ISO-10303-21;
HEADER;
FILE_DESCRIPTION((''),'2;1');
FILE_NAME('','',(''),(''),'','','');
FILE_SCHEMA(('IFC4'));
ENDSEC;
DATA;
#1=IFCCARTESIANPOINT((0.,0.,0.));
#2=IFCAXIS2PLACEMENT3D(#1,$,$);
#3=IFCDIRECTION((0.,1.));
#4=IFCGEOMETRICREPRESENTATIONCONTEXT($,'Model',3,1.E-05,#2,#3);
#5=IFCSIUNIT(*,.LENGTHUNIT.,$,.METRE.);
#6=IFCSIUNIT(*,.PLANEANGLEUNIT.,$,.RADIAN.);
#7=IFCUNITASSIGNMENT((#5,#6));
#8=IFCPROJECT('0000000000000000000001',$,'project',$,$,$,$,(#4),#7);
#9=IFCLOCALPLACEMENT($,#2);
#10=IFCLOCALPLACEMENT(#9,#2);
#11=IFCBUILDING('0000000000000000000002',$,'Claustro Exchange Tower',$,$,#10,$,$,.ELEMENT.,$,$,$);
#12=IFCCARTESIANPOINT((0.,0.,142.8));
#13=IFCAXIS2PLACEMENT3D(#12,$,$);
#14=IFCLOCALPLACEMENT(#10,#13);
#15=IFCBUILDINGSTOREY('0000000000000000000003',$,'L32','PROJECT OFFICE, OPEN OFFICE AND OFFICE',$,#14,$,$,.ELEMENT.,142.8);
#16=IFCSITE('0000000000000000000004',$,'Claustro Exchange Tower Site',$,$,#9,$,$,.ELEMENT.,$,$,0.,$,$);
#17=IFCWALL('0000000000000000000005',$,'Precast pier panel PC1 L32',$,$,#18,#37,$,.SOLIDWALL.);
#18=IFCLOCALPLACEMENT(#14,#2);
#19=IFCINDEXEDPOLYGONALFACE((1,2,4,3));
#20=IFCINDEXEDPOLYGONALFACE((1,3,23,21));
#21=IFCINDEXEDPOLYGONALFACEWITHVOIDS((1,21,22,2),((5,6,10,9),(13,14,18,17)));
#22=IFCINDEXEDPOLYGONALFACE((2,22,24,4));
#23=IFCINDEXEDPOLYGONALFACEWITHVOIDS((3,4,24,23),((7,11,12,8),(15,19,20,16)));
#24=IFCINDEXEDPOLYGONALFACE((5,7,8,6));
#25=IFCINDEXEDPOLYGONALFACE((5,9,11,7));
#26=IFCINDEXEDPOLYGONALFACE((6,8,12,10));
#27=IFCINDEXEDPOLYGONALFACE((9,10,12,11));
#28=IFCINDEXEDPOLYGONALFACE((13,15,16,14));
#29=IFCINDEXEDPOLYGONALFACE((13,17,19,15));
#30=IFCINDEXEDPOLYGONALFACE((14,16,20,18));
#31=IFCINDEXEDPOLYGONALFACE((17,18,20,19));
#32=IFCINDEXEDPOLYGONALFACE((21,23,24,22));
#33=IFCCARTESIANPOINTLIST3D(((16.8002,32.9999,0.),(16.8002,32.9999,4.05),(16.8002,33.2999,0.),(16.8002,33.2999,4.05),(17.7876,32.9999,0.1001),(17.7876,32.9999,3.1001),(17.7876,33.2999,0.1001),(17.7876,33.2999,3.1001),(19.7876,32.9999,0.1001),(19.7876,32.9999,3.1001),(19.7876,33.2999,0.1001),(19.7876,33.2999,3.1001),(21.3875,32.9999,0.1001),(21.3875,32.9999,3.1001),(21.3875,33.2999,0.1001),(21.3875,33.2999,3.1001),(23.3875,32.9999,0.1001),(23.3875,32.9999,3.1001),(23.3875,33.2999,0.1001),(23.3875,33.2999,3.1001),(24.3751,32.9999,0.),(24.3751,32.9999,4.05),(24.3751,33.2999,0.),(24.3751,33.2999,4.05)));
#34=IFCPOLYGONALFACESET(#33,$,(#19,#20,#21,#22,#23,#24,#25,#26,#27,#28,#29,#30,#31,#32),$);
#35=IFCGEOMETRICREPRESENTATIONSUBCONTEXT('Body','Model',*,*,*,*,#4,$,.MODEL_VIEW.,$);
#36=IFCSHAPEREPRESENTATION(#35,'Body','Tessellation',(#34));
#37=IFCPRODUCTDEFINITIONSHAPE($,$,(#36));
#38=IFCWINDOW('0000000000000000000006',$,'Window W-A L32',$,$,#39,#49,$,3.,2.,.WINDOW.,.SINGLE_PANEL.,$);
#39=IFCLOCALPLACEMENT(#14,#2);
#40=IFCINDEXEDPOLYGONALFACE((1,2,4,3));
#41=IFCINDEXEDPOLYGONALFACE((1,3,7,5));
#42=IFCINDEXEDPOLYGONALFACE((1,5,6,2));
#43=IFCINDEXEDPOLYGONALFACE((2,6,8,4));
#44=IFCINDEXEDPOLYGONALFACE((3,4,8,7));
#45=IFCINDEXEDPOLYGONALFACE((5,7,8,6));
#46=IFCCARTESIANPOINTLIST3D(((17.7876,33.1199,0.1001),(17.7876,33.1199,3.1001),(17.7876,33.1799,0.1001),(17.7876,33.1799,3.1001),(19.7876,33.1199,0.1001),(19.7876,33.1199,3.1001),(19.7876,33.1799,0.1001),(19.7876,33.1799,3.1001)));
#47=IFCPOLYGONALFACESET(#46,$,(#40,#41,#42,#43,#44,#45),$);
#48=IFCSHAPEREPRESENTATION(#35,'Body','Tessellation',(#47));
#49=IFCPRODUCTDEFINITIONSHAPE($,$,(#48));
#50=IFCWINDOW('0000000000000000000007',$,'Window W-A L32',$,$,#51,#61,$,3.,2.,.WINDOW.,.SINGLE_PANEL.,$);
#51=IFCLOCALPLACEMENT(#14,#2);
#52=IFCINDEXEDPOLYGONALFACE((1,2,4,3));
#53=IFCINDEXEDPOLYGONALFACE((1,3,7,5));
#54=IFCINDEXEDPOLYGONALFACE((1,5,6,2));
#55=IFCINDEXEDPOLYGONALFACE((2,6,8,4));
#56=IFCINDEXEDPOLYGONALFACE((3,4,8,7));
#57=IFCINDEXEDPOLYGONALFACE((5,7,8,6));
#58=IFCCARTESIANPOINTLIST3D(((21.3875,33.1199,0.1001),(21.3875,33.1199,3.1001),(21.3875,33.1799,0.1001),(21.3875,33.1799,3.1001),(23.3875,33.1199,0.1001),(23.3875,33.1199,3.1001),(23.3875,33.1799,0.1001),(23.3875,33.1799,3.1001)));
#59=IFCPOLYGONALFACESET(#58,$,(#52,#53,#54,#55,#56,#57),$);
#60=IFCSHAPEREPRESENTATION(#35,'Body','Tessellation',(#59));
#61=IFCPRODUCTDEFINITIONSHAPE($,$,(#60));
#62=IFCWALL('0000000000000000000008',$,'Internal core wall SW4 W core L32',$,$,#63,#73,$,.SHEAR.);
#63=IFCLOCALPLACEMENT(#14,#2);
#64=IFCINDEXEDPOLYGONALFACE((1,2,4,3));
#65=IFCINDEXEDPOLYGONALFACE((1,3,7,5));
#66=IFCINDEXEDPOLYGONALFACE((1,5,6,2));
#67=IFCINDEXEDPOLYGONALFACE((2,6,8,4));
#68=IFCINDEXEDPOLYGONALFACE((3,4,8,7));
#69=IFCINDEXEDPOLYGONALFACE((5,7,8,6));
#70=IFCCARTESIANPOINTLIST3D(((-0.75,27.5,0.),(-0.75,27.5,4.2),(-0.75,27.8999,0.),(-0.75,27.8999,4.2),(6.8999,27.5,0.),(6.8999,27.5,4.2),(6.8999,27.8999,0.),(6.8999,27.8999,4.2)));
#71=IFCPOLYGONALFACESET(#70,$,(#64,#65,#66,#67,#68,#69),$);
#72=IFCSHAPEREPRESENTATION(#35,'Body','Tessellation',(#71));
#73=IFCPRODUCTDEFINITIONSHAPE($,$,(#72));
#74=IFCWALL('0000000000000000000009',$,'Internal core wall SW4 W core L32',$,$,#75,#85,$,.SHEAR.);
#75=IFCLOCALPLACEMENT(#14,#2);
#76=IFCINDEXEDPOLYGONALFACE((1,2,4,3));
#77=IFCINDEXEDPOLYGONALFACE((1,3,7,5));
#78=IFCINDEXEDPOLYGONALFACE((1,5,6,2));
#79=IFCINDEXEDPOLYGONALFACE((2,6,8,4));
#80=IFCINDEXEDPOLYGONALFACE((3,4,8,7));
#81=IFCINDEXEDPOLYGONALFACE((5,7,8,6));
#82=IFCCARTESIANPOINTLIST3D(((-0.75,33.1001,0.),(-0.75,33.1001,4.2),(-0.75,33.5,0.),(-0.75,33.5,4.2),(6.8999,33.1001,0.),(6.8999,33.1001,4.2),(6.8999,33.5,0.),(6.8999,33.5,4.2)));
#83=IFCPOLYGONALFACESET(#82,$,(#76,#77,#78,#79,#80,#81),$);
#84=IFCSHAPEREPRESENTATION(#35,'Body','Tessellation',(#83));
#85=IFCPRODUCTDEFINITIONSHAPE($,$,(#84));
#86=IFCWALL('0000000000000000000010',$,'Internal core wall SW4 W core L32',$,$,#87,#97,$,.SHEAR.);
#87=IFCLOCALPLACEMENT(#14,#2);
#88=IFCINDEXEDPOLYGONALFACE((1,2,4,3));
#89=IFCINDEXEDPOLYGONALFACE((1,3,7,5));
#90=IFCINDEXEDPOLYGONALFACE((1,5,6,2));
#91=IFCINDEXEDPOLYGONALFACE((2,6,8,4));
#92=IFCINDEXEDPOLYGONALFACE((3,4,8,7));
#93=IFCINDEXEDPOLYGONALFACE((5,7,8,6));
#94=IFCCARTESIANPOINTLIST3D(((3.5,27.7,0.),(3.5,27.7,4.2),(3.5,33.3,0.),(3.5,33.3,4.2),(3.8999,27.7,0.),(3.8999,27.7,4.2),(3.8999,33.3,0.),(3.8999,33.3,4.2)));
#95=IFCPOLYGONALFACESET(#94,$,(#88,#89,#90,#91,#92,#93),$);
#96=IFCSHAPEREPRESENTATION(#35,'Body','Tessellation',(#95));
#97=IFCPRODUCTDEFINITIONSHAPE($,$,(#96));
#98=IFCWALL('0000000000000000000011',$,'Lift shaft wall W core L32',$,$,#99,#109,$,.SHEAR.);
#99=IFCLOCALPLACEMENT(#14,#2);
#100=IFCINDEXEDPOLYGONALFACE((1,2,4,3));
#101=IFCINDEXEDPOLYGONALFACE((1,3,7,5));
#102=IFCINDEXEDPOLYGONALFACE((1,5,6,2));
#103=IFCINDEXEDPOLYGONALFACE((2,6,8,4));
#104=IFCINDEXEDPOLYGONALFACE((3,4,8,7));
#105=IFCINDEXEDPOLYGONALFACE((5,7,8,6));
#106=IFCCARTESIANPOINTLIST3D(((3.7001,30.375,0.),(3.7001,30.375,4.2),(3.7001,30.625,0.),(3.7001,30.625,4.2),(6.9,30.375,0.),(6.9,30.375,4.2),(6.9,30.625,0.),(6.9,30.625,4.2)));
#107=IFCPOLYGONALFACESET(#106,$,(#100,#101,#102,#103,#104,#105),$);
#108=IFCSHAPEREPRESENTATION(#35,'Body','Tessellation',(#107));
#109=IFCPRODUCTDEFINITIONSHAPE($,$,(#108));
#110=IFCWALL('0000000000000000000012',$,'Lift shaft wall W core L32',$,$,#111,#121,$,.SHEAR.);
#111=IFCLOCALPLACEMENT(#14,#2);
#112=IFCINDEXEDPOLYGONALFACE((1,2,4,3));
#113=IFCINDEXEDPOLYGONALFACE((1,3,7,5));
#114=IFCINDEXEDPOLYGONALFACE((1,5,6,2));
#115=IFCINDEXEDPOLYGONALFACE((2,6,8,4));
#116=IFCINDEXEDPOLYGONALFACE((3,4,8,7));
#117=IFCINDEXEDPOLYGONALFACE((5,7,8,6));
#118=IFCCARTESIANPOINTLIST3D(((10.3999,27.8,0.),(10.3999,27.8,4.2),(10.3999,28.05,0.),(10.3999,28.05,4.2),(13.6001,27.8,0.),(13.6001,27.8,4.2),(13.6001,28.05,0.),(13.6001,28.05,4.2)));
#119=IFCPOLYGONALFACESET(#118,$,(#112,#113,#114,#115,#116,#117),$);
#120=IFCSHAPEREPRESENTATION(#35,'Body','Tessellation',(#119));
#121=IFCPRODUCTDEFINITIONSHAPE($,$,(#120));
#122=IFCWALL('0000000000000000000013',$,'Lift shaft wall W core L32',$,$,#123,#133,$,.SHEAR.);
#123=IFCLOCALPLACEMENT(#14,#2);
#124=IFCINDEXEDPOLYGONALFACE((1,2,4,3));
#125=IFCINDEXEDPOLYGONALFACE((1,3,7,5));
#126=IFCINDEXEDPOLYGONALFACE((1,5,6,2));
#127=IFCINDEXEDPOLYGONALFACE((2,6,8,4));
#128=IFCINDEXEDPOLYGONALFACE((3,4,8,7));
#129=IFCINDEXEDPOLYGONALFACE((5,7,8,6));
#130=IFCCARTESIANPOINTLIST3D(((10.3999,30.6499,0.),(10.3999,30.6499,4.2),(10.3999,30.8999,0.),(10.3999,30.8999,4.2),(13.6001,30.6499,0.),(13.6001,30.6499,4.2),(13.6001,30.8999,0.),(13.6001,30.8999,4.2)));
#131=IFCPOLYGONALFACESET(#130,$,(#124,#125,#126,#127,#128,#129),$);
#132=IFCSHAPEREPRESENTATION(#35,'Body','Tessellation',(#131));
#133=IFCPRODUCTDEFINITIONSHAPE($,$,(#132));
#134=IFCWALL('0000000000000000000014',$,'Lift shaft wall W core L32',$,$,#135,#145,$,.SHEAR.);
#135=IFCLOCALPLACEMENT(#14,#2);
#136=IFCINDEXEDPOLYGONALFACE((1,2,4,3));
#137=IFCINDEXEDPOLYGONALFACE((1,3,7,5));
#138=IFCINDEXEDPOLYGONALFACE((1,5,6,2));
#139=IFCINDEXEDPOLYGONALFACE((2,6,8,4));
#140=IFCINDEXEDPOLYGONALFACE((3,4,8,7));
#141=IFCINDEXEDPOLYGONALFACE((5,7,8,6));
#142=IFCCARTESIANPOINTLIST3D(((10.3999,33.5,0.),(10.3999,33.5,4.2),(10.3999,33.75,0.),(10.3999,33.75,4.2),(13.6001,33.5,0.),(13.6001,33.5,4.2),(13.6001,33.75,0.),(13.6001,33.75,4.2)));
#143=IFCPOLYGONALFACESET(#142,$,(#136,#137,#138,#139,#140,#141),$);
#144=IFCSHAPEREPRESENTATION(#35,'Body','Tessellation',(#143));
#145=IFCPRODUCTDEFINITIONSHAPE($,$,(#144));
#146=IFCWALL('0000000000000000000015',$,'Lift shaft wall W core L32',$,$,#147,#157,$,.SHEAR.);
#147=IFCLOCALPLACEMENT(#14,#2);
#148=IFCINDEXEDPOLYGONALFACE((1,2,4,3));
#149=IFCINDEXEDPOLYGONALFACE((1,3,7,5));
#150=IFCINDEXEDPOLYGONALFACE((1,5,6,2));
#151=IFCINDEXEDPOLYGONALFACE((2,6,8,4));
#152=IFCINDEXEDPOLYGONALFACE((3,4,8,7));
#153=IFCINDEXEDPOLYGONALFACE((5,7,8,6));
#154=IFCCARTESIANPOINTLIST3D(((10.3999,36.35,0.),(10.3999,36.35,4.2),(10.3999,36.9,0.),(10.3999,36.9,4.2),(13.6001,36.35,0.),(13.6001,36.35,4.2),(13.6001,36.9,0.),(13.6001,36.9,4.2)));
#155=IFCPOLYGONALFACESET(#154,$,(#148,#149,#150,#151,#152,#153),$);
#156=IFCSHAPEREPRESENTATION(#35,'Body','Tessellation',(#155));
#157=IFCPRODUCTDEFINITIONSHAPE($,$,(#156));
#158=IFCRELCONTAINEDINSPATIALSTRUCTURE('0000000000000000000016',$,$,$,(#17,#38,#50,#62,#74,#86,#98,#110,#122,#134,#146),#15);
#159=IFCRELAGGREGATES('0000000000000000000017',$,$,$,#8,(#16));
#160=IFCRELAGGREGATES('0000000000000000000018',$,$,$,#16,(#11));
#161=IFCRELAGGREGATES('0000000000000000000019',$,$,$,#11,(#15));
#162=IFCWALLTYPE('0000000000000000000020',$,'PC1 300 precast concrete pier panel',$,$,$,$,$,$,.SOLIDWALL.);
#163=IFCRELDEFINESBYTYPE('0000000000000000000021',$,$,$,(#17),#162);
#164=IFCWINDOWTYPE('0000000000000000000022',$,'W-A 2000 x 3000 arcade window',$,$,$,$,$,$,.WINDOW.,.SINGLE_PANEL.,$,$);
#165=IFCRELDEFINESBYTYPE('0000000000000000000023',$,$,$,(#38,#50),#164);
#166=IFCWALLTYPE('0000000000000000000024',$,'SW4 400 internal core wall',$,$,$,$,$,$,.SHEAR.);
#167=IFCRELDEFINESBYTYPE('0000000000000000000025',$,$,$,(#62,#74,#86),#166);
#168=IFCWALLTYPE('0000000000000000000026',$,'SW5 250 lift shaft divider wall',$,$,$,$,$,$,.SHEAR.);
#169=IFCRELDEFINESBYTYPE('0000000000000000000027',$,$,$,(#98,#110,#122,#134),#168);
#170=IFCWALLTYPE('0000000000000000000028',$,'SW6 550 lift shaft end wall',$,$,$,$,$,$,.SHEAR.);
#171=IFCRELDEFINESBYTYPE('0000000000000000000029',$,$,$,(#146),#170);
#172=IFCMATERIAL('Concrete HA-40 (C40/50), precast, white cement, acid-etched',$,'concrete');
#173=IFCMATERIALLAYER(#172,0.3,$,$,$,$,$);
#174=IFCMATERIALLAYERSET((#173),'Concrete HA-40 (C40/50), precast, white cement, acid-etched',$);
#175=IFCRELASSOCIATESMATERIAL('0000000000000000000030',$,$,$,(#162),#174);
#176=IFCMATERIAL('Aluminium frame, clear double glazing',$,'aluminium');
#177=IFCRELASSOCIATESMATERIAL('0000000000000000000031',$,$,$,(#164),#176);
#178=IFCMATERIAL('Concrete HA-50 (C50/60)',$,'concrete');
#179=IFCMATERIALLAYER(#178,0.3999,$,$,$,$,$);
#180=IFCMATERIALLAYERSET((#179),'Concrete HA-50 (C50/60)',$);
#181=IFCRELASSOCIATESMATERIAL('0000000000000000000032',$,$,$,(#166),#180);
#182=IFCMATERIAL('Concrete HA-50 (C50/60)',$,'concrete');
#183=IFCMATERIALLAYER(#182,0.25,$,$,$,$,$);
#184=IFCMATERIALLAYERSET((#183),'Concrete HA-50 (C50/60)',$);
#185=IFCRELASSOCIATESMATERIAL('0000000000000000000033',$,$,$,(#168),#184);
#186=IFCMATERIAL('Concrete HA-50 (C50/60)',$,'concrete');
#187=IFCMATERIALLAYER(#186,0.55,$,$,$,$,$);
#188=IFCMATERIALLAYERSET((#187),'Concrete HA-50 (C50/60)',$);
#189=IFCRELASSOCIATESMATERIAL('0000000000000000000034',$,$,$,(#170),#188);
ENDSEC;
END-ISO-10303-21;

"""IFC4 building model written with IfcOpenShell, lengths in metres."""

from ifc_helpers import new_model, si_unit, direction, frame, frame_2d, origin, place, context, subcontext, project, spatial, rectangle, extrude, material, layer, layer_set, type_object, element, fill, save


model = new_model("IFC4")

# Units and contexts
model_context = context("Model", 3, precision=1e-05, world=origin(), true_north=direction((0.0, 1.0)))
body_context = subcontext(model_context, "Body", "Model", "MODEL_VIEW")
ifc_project = project(units=[si_unit("LENGTHUNIT", "METRE"), si_unit("PLANEANGLEUNIT", "RADIAN")], contexts=[model_context])

# Site, building, storey
site_placement = place(None, origin())
site = spatial("IfcSite", under=ifc_project, at=site_placement, Name="Claustro Exchange Tower Site", CompositionType="ELEMENT", RefElevation=0.0)
building_placement = place(site_placement, origin())
building = spatial("IfcBuilding", under=site, at=building_placement, Name="Claustro Exchange Tower", CompositionType="ELEMENT")
storey_placement = place(building_placement, frame((0.0, 0.0, 142.8)))
storey = spatial("IfcBuildingStorey", under=building, at=storey_placement, Name="L32", Description="PROJECT OFFICE, OPEN OFFICE AND OFFICE", CompositionType="ELEMENT", Elevation=142.8)

# Wall, openings, windows
ifc_material_1 = material(Name="Concrete HA-40 (C40/50), precast, white cement, acid-etched", Category="concrete")
ifc_layer_1 = layer(ifc_material_1, 0.3)
ifc_layer_set_1 = layer_set([ifc_layer_1], Name="Concrete HA-40 (C40/50), precast, white cement, acid-etched")
wall_type_1 = type_object("IfcWallType", Name="PC1 300 precast concrete pier panel", PredefinedType="SOLIDWALL", material=ifc_layer_set_1)
wall_1_placement = place(storey_placement, frame((16.8, 33.1499, 0.0), z_axis=(0.0, 0.0, 1.0), x_axis=(1.0, 0.0, 0.0)))
wall_1 = element("IfcWall", 1, at=wall_1_placement, inside=storey, type_object=wall_type_1, Name="Precast pier panel PC1 L32", PredefinedType="SOLIDWALL", context=body_context, shape_type="SweptSolid", body=[
    extrude(rectangle(XDim=7.575, YDim=0.3, at=frame_2d((3.7876, 0.0))), origin(), (0.0, 0.0, 1.0), 4.05),
])
opening_1_placement = place(wall_1_placement, frame((0.9875, 0.0, 0.1001)))
opening_1 = element("IfcOpeningElement", 2, at=opening_1_placement, cuts=wall_1, PredefinedType="OPENING", context=body_context, shape_type="SweptSolid", body=[
    extrude(rectangle(XDim=2.0, YDim=3.0, at=frame_2d((1.0, 1.5))), frame((0.0, 0.1599, 0.0), z_axis=(0.0, -1.0, 0.0), x_axis=(1.0, 0.0, 0.0)), (0.0, 0.0, 1.0), 0.3201),
])
opening_2_placement = place(wall_1_placement, frame((4.5874, 0.0, 0.1001)))
opening_2 = element("IfcOpeningElement", 3, at=opening_2_placement, cuts=wall_1, PredefinedType="OPENING", context=body_context, shape_type="SweptSolid", body=[
    extrude(rectangle(XDim=2.0, YDim=3.0, at=frame_2d((1.0, 1.5))), frame((0.0, 0.1599, 0.0), z_axis=(0.0, -1.0, 0.0), x_axis=(1.0, 0.0, 0.0)), (0.0, 0.0, 1.0), 0.3201),
])
ifc_material_2 = material(Name="Aluminium frame, clear double glazing", Category="aluminium")
window_type = type_object("IfcWindowType", Name="W-A 2000 x 3000 arcade window", PartitioningType="SINGLE_PANEL", PredefinedType="WINDOW", material=ifc_material_2)
window_1_placement = place(opening_1_placement, origin())
window_1 = element("IfcWindow", 4, at=window_1_placement, inside=storey, type_object=window_type, Name="Window W-A L32", OverallHeight=3.0, OverallWidth=2.0, PartitioningType="SINGLE_PANEL", PredefinedType="WINDOW", context=body_context, shape_type="SweptSolid", body=[
    extrude(rectangle(XDim=2.0, YDim=3.0, at=frame_2d((1.0, 1.5))), frame((0.0, 0.03, 0.0), z_axis=(0.0, -1.0, 0.0), x_axis=(1.0, 0.0, 0.0)), (0.0, 0.0, 1.0), 0.0601),
])
fill(opening_1, window_1)
window_2_placement = place(opening_2_placement, origin())
window_2 = element("IfcWindow", 5, at=window_2_placement, inside=storey, type_object=window_type, Name="Window W-A L32", OverallHeight=3.0, OverallWidth=2.0, PartitioningType="SINGLE_PANEL", PredefinedType="WINDOW", context=body_context, shape_type="SweptSolid", body=[
    extrude(rectangle(XDim=2.0, YDim=3.0, at=frame_2d((1.0, 1.5))), frame((0.0, 0.03, 0.0), z_axis=(0.0, -1.0, 0.0), x_axis=(1.0, 0.0, 0.0)), (0.0, 0.0, 1.0), 0.0601),
])
fill(opening_2, window_2)

# Walls
ifc_material_3 = material(Name="Concrete HA-50 (C50/60)", Category="concrete")
ifc_layer_2 = layer(ifc_material_3, 0.3999)
ifc_layer_set_2 = layer_set([ifc_layer_2], Name="Concrete HA-50 (C50/60)")
wall_type_2 = type_object("IfcWallType", Name="SW4 400 internal core wall", PredefinedType="SHEAR", material=ifc_layer_set_2)
for number, where, z_axis, x_axis, name in (
    (6, (-0.75, 27.7, 0.0), (0.0, 0.0, 1.0), (1.0, 0.0, 0.0), "Internal core wall SW4 W core L32"),
    (7, (-0.75, 33.3, 0.0), (0.0, 0.0, 1.0), (1.0, 0.0, 0.0), "Internal core wall SW4 W core L32"),
):
    element("IfcWall", number, at=place(storey_placement, frame(where, z_axis=z_axis, x_axis=x_axis)), inside=storey, type_object=wall_type_2, Name=name, PredefinedType="SHEAR", context=body_context, shape_type="SweptSolid", body=[
        extrude(rectangle(XDim=7.6499, YDim=0.3999, at=frame_2d((3.825, 0.0))), origin(), (0.0, 0.0, 1.0), 4.2),
    ])
wall_2_placement = place(storey_placement, frame((3.7, 27.7, 0.0), z_axis=(0.0, 0.0, 1.0), x_axis=(0.0, 1.0, 0.0)))
element("IfcWall", 8, at=wall_2_placement, inside=storey, type_object=wall_type_2, Name="Internal core wall SW4 W core L32", PredefinedType="SHEAR", context=body_context, shape_type="SweptSolid", body=[
    extrude(rectangle(XDim=5.6001, YDim=0.3999, at=frame_2d((2.8, 0.0))), origin(), (0.0, 0.0, 1.0), 4.2),
])
ifc_material_4 = material(Name="Concrete HA-50 (C50/60)", Category="concrete")
ifc_layer_3 = layer(ifc_material_4, 0.25)
ifc_layer_set_3 = layer_set([ifc_layer_3], Name="Concrete HA-50 (C50/60)")
wall_type_3 = type_object("IfcWallType", Name="SW5 250 lift shaft divider wall", PredefinedType="SHEAR", material=ifc_layer_set_3)
wall_3_placement = place(storey_placement, frame((3.7, 30.5, 0.0), z_axis=(0.0, 0.0, 1.0), x_axis=(1.0, 0.0, 0.0)))
element("IfcWall", 9, at=wall_3_placement, inside=storey, type_object=wall_type_3, Name="Lift shaft wall W core L32", PredefinedType="SHEAR", context=body_context, shape_type="SweptSolid", body=[
    extrude(rectangle(XDim=3.2, YDim=0.25, at=frame_2d((1.6001, 0.0))), origin(), (0.0, 0.0, 1.0), 4.2),
])
for number, where, z_axis, x_axis, name in (
    (10, (10.3999, 27.925, 0.0), (0.0, 0.0, 1.0), (1.0, 0.0, 0.0), "Lift shaft wall W core L32"),
    (11, (10.3999, 30.7749, 0.0), (0.0, 0.0, 1.0), (1.0, 0.0, 0.0), "Lift shaft wall W core L32"),
    (12, (10.3999, 33.625, 0.0), (0.0, 0.0, 1.0), (1.0, 0.0, 0.0), "Lift shaft wall W core L32"),
):
    element("IfcWall", number, at=place(storey_placement, frame(where, z_axis=z_axis, x_axis=x_axis)), inside=storey, type_object=wall_type_3, Name=name, PredefinedType="SHEAR", context=body_context, shape_type="SweptSolid", body=[
        extrude(rectangle(XDim=3.2002, YDim=0.25, at=frame_2d((1.6001, 0.0))), origin(), (0.0, 0.0, 1.0), 4.2),
    ])
ifc_material_5 = material(Name="Concrete HA-50 (C50/60)", Category="concrete")
ifc_layer_4 = layer(ifc_material_5, 0.55)
ifc_layer_set_4 = layer_set([ifc_layer_4], Name="Concrete HA-50 (C50/60)")
wall_type_4 = type_object("IfcWallType", Name="SW6 550 lift shaft end wall", PredefinedType="SHEAR", material=ifc_layer_set_4)
wall_4_placement = place(storey_placement, frame((10.3999, 36.625, 0.0), z_axis=(0.0, 0.0, 1.0), x_axis=(1.0, 0.0, 0.0)))
element("IfcWall", 13, at=wall_4_placement, inside=storey, type_object=wall_type_4, Name="Lift shaft wall W core L32", PredefinedType="SHEAR", context=body_context, shape_type="SweptSolid", body=[
    extrude(rectangle(XDim=3.2002, YDim=0.55, at=frame_2d((1.6001, 0.0))), origin(), (0.0, 0.0, 1.0), 4.2),
])

save(model, "model.ifc")
